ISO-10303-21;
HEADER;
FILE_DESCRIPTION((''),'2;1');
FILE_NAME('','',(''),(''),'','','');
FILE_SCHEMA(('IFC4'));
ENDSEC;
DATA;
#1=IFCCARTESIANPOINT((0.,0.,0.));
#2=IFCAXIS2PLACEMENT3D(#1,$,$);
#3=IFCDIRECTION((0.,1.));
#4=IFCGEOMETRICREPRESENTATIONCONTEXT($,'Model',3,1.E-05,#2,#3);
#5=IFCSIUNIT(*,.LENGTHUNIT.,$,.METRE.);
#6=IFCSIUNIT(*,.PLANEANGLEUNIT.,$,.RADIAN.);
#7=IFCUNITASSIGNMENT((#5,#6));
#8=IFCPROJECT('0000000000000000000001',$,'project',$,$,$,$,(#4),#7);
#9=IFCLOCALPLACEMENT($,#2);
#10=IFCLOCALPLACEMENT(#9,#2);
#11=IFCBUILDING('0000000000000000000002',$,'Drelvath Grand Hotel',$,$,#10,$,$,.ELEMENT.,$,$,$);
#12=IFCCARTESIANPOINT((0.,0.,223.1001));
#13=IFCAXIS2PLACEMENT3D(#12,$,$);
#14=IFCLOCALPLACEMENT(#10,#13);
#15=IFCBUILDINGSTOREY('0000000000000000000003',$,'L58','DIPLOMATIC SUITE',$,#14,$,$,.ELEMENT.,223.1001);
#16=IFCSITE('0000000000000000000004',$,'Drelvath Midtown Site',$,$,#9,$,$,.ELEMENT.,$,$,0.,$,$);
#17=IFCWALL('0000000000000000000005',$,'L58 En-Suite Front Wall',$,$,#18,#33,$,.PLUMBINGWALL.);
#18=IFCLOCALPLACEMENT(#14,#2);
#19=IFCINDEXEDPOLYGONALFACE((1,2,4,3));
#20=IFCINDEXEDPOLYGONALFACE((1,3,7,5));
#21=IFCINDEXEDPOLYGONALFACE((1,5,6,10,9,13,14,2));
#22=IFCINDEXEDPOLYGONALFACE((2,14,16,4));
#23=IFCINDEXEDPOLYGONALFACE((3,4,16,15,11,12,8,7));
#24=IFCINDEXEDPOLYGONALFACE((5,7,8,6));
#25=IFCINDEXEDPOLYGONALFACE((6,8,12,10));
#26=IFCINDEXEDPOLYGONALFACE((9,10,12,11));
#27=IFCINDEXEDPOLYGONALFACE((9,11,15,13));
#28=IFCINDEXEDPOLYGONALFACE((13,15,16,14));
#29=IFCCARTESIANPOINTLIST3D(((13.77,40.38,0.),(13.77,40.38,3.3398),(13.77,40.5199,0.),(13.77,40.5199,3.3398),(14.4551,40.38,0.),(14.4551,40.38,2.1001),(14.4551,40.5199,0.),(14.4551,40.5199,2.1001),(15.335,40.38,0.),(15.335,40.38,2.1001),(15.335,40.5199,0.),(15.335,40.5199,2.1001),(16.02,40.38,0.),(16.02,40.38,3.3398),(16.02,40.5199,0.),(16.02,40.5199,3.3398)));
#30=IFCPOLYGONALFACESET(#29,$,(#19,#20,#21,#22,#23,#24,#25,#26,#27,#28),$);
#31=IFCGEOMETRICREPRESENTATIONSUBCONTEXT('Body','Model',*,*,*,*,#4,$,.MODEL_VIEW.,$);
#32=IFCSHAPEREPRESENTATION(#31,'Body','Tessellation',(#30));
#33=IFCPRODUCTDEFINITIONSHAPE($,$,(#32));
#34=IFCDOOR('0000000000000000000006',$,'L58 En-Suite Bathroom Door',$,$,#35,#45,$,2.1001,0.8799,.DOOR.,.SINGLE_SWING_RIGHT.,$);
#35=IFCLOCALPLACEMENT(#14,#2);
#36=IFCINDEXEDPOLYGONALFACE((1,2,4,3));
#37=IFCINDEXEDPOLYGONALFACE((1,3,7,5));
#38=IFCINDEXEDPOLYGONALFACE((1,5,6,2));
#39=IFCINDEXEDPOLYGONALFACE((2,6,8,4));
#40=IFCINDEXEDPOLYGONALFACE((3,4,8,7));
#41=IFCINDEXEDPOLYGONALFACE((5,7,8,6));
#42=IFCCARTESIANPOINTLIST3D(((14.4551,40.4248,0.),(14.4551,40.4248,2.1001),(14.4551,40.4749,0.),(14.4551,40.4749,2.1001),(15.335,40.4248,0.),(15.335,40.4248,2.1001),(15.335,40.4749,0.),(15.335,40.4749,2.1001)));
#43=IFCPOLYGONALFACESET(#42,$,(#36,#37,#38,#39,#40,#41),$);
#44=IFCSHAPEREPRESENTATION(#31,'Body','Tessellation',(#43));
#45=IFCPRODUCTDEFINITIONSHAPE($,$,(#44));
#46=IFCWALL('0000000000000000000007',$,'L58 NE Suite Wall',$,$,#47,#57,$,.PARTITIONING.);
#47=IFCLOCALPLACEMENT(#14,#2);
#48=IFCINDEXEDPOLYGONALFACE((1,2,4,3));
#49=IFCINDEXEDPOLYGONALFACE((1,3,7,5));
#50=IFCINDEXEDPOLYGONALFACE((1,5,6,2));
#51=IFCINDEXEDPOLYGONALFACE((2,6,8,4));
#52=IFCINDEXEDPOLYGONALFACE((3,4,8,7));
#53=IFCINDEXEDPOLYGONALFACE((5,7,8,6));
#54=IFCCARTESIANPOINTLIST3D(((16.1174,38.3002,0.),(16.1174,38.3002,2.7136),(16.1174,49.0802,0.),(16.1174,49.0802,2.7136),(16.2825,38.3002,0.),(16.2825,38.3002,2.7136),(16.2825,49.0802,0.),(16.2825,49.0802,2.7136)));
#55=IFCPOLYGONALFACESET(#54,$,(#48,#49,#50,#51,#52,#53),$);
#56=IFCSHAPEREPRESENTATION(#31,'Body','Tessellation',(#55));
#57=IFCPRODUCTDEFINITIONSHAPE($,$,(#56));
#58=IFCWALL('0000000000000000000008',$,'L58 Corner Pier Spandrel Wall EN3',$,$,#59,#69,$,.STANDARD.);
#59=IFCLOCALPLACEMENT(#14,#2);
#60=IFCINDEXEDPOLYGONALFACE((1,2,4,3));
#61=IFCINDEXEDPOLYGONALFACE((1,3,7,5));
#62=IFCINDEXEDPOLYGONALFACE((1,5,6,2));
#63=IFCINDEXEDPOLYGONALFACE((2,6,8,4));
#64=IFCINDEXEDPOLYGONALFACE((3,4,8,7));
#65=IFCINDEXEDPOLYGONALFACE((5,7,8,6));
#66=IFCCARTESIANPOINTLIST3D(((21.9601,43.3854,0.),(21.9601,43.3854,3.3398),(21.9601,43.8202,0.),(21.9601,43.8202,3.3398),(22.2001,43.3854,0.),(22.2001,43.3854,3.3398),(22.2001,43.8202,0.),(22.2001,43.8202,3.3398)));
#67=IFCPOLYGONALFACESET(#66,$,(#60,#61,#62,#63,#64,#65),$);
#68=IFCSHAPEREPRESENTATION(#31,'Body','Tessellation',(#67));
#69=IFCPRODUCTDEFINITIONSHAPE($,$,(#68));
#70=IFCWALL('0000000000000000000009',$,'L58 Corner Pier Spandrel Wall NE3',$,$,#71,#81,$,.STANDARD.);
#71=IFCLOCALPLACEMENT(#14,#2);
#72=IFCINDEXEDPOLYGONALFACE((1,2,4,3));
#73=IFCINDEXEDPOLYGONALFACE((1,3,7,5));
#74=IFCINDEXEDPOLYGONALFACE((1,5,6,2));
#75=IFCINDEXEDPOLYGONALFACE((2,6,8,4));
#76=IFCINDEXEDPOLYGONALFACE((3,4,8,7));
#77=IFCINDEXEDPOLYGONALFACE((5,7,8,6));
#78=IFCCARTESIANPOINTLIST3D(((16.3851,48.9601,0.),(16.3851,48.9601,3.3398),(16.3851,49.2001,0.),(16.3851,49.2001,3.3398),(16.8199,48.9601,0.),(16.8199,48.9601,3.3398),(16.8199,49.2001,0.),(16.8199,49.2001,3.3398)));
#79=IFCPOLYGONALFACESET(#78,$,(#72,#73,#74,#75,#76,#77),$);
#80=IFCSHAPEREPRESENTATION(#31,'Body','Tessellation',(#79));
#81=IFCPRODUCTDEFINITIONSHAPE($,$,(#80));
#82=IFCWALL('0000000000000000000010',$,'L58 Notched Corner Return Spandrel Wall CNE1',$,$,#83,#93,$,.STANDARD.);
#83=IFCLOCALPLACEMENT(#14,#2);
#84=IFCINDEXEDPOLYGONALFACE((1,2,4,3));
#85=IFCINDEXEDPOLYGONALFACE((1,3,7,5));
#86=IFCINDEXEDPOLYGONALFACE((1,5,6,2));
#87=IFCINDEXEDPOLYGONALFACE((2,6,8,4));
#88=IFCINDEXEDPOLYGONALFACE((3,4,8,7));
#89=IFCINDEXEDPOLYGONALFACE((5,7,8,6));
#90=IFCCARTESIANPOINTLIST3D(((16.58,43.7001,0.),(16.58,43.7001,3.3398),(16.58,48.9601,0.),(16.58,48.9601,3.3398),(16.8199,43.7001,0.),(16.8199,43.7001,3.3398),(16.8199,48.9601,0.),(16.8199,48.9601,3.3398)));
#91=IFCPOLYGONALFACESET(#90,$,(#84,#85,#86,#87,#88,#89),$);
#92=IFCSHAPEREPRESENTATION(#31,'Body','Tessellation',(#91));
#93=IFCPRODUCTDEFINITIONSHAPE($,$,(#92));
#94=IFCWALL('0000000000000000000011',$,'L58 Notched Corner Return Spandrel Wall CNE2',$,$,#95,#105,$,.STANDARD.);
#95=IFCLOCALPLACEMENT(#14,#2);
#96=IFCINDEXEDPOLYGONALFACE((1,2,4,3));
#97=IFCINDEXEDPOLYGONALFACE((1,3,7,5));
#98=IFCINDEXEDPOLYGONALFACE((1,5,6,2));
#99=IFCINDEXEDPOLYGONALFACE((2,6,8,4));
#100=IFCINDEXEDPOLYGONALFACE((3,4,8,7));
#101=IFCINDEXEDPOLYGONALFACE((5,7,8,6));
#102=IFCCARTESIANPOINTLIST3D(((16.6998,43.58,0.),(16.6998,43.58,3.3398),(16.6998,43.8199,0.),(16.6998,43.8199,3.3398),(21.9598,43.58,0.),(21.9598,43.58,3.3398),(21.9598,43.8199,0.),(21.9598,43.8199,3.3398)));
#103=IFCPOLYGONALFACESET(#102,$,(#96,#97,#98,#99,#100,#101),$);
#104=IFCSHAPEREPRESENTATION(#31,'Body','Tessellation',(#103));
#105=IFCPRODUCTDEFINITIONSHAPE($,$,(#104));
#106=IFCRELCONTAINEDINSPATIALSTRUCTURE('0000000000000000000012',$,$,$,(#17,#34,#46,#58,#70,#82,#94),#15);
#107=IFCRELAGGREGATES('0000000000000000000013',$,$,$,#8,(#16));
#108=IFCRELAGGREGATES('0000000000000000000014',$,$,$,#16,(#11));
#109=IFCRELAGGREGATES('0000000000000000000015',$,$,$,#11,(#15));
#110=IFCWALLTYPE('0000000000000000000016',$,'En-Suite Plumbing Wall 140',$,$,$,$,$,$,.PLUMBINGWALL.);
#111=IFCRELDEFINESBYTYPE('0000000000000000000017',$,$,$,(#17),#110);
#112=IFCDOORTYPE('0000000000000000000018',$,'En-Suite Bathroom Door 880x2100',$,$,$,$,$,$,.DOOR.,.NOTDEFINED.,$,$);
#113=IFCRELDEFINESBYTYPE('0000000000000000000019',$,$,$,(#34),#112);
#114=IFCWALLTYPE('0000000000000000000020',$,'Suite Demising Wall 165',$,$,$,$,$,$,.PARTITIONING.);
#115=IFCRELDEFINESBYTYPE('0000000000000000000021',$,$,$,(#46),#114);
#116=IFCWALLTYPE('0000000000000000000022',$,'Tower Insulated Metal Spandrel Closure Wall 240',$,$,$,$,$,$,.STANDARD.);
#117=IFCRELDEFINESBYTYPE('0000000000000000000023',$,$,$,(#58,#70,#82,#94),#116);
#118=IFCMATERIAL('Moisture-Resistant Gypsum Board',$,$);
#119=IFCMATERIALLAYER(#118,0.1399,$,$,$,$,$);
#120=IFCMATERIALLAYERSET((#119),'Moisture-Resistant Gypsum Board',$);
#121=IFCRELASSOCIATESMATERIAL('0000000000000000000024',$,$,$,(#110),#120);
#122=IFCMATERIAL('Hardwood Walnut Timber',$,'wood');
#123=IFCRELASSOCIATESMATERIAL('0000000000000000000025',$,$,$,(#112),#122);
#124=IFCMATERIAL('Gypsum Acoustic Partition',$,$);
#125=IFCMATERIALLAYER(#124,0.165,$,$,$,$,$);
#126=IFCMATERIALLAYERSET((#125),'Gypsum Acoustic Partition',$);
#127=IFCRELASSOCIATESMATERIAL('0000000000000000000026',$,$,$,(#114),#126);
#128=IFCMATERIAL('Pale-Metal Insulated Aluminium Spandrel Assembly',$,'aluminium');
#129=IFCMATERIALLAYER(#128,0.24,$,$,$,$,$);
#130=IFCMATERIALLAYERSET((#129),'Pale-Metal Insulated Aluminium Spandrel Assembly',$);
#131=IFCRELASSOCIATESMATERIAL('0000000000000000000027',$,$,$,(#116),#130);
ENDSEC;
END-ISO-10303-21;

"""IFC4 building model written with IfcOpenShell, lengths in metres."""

from ifc_helpers import new_model, si_unit, direction, frame, frame_2d, origin, place, context, subcontext, project, spatial, rectangle, extrude, material, layer, layer_set, type_object, element, fill, save


model = new_model("IFC4")

# Units and contexts
model_context = context("Model", 3, precision=1e-05, world=origin(), true_north=direction((0.0, 1.0)))
body_context = subcontext(model_context, "Body", "Model", "MODEL_VIEW")
ifc_project = project(units=[si_unit("LENGTHUNIT", "METRE"), si_unit("PLANEANGLEUNIT", "RADIAN")], contexts=[model_context])

# Site, building, storey
site_placement = place(None, origin())
site = spatial("IfcSite", under=ifc_project, at=site_placement, Name="Drelvath Midtown Site", CompositionType="ELEMENT", RefElevation=0.0)
building_placement = place(site_placement, origin())
building = spatial("IfcBuilding", under=site, at=building_placement, Name="Drelvath Grand Hotel", CompositionType="ELEMENT")
storey_placement = place(building_placement, frame((0.0, 0.0, 223.1001)))
storey = spatial("IfcBuildingStorey", under=building, at=storey_placement, Name="L58", Description="DIPLOMATIC SUITE", CompositionType="ELEMENT", Elevation=223.1001)

# Shared definitions
ifc_material_1 = material(Name="Moisture-Resistant Gypsum Board")
ifc_layer_1 = layer(ifc_material_1, 0.1399)
ifc_layer_set_1 = layer_set([ifc_layer_1], Name="Moisture-Resistant Gypsum Board")
wall_type_1 = type_object("IfcWallType", Name="En-Suite Plumbing Wall 140", PredefinedType="PLUMBINGWALL", material=ifc_layer_set_1)

# Shared definitions
ifc_material_2 = material(Name="Hardwood Walnut Timber", Category="wood")
door_type = type_object("IfcDoorType", Name="En-Suite Bathroom Door 880x2100", OperationType="NOTDEFINED", PredefinedType="DOOR", material=ifc_material_2)

# Wall, opening, door
wall_1_placement = place(storey_placement, frame((13.77, 40.45, 0.0), z_axis=(0.0, 0.0, 1.0), x_axis=(1.0, 0.0, 0.0)))
wall_1 = element("IfcWall", 1, at=wall_1_placement, inside=storey, type_object=wall_type_1, Name="L58 En-Suite Front Wall", PredefinedType="PLUMBINGWALL", context=body_context, shape_type="SweptSolid", body=[
    extrude(rectangle(XDim=2.25, YDim=0.1399, at=frame_2d((1.125, 0.0))), origin(), (0.0, 0.0, 1.0), 3.3398),
])
opening_1_placement = place(wall_1_placement, frame((0.6851, 0.0, 0.0)))
opening_1 = element("IfcOpeningElement", 2, at=opening_1_placement, cuts=wall_1, PredefinedType="OPENING", context=body_context, shape_type="SweptSolid", body=[
    extrude(rectangle(XDim=0.8799, YDim=2.1001, at=frame_2d((0.4399, 1.05))), frame((0.0, 0.0798, 0.0), z_axis=(0.0, -1.0, 0.0), x_axis=(1.0, 0.0, 0.0)), (0.0, 0.0, 1.0), 0.1599),
])
door_1_placement = place(opening_1_placement, origin())
door_1 = element("IfcDoor", 3, at=door_1_placement, inside=storey, type_object=door_type, Name="L58 En-Suite Bathroom Door", OperationType="SINGLE_SWING_RIGHT", OverallHeight=2.1001, OverallWidth=0.8799, PredefinedType="DOOR", context=body_context, shape_type="SweptSolid", body=[
    extrude(rectangle(XDim=0.8799, YDim=2.1001, at=frame_2d((0.4399, 1.05))), frame((0.0, 0.0249, 0.0), z_axis=(0.0, -1.0, 0.0), x_axis=(1.0, 0.0, 0.0)), (0.0, 0.0, 1.0), 0.05),
])
fill(opening_1, door_1)

# Walls
ifc_material_3 = material(Name="Gypsum Acoustic Partition")
ifc_layer_2 = layer(ifc_material_3, 0.165)
ifc_layer_set_2 = layer_set([ifc_layer_2], Name="Gypsum Acoustic Partition")
wall_type_2 = type_object("IfcWallType", Name="Suite Demising Wall 165", PredefinedType="PARTITIONING", material=ifc_layer_set_2)
wall_2_placement = place(storey_placement, frame((16.2, 38.3, 0.0), z_axis=(0.0, 0.0, 1.0), x_axis=(0.0, 1.0, 0.0)))
element("IfcWall", 4, at=wall_2_placement, inside=storey, type_object=wall_type_2, Name="L58 NE Suite Wall", PredefinedType="PARTITIONING", context=body_context, shape_type="SweptSolid", body=[
    extrude(rectangle(XDim=10.78, YDim=0.165, at=frame_2d((5.3901, 0.0))), origin(), (0.0, 0.0, 1.0), 2.7136),
])
ifc_material_4 = material(Name="Pale-Metal Insulated Aluminium Spandrel Assembly", Category="aluminium")
ifc_layer_3 = layer(ifc_material_4, 0.24)
ifc_layer_set_3 = layer_set([ifc_layer_3], Name="Pale-Metal Insulated Aluminium Spandrel Assembly")
wall_type_3 = type_object("IfcWallType", Name="Tower Insulated Metal Spandrel Closure Wall 240", PredefinedType="STANDARD", material=ifc_layer_set_3)
for number, where, z_axis, x_axis, name in (
    (5, (22.0801, 43.8201, 0.0), (0.0, 0.0, 1.0), (0.0, -1.0, 0.0), "L58 Corner Pier Spandrel Wall EN3"),
    (6, (16.3853, 49.0801, 0.0), (0.0, 0.0, 1.0), (1.0, 0.0, 0.0), "L58 Corner Pier Spandrel Wall NE3"),
):
    element("IfcWall", number, at=place(storey_placement, frame(where, z_axis=z_axis, x_axis=x_axis)), inside=storey, type_object=wall_type_3, Name=name, PredefinedType="STANDARD", context=body_context, shape_type="SweptSolid", body=[
        extrude(rectangle(XDim=0.4348, YDim=0.24, at=frame_2d((0.2173, 0.0))), origin(), (0.0, 0.0, 1.0), 3.3398),
    ])
for number, where, z_axis, x_axis, name in (
    (7, (16.7, 48.96, 0.0), (0.0, 0.0, 1.0), (0.0, -1.0, 0.0), "L58 Notched Corner Return Spandrel Wall CNE1"),
    (8, (16.7, 43.7, 0.0), (0.0, 0.0, 1.0), (1.0, 0.0, 0.0), "L58 Notched Corner Return Spandrel Wall CNE2"),
):
    element("IfcWall", number, at=place(storey_placement, frame(where, z_axis=z_axis, x_axis=x_axis)), inside=storey, type_object=wall_type_3, Name=name, PredefinedType="STANDARD", context=body_context, shape_type="SweptSolid", body=[
        extrude(rectangle(XDim=5.26, YDim=0.24, at=frame_2d((2.6299, 0.0))), origin(), (0.0, 0.0, 1.0), 3.3398),
    ])

save(model, "model.ifc")
